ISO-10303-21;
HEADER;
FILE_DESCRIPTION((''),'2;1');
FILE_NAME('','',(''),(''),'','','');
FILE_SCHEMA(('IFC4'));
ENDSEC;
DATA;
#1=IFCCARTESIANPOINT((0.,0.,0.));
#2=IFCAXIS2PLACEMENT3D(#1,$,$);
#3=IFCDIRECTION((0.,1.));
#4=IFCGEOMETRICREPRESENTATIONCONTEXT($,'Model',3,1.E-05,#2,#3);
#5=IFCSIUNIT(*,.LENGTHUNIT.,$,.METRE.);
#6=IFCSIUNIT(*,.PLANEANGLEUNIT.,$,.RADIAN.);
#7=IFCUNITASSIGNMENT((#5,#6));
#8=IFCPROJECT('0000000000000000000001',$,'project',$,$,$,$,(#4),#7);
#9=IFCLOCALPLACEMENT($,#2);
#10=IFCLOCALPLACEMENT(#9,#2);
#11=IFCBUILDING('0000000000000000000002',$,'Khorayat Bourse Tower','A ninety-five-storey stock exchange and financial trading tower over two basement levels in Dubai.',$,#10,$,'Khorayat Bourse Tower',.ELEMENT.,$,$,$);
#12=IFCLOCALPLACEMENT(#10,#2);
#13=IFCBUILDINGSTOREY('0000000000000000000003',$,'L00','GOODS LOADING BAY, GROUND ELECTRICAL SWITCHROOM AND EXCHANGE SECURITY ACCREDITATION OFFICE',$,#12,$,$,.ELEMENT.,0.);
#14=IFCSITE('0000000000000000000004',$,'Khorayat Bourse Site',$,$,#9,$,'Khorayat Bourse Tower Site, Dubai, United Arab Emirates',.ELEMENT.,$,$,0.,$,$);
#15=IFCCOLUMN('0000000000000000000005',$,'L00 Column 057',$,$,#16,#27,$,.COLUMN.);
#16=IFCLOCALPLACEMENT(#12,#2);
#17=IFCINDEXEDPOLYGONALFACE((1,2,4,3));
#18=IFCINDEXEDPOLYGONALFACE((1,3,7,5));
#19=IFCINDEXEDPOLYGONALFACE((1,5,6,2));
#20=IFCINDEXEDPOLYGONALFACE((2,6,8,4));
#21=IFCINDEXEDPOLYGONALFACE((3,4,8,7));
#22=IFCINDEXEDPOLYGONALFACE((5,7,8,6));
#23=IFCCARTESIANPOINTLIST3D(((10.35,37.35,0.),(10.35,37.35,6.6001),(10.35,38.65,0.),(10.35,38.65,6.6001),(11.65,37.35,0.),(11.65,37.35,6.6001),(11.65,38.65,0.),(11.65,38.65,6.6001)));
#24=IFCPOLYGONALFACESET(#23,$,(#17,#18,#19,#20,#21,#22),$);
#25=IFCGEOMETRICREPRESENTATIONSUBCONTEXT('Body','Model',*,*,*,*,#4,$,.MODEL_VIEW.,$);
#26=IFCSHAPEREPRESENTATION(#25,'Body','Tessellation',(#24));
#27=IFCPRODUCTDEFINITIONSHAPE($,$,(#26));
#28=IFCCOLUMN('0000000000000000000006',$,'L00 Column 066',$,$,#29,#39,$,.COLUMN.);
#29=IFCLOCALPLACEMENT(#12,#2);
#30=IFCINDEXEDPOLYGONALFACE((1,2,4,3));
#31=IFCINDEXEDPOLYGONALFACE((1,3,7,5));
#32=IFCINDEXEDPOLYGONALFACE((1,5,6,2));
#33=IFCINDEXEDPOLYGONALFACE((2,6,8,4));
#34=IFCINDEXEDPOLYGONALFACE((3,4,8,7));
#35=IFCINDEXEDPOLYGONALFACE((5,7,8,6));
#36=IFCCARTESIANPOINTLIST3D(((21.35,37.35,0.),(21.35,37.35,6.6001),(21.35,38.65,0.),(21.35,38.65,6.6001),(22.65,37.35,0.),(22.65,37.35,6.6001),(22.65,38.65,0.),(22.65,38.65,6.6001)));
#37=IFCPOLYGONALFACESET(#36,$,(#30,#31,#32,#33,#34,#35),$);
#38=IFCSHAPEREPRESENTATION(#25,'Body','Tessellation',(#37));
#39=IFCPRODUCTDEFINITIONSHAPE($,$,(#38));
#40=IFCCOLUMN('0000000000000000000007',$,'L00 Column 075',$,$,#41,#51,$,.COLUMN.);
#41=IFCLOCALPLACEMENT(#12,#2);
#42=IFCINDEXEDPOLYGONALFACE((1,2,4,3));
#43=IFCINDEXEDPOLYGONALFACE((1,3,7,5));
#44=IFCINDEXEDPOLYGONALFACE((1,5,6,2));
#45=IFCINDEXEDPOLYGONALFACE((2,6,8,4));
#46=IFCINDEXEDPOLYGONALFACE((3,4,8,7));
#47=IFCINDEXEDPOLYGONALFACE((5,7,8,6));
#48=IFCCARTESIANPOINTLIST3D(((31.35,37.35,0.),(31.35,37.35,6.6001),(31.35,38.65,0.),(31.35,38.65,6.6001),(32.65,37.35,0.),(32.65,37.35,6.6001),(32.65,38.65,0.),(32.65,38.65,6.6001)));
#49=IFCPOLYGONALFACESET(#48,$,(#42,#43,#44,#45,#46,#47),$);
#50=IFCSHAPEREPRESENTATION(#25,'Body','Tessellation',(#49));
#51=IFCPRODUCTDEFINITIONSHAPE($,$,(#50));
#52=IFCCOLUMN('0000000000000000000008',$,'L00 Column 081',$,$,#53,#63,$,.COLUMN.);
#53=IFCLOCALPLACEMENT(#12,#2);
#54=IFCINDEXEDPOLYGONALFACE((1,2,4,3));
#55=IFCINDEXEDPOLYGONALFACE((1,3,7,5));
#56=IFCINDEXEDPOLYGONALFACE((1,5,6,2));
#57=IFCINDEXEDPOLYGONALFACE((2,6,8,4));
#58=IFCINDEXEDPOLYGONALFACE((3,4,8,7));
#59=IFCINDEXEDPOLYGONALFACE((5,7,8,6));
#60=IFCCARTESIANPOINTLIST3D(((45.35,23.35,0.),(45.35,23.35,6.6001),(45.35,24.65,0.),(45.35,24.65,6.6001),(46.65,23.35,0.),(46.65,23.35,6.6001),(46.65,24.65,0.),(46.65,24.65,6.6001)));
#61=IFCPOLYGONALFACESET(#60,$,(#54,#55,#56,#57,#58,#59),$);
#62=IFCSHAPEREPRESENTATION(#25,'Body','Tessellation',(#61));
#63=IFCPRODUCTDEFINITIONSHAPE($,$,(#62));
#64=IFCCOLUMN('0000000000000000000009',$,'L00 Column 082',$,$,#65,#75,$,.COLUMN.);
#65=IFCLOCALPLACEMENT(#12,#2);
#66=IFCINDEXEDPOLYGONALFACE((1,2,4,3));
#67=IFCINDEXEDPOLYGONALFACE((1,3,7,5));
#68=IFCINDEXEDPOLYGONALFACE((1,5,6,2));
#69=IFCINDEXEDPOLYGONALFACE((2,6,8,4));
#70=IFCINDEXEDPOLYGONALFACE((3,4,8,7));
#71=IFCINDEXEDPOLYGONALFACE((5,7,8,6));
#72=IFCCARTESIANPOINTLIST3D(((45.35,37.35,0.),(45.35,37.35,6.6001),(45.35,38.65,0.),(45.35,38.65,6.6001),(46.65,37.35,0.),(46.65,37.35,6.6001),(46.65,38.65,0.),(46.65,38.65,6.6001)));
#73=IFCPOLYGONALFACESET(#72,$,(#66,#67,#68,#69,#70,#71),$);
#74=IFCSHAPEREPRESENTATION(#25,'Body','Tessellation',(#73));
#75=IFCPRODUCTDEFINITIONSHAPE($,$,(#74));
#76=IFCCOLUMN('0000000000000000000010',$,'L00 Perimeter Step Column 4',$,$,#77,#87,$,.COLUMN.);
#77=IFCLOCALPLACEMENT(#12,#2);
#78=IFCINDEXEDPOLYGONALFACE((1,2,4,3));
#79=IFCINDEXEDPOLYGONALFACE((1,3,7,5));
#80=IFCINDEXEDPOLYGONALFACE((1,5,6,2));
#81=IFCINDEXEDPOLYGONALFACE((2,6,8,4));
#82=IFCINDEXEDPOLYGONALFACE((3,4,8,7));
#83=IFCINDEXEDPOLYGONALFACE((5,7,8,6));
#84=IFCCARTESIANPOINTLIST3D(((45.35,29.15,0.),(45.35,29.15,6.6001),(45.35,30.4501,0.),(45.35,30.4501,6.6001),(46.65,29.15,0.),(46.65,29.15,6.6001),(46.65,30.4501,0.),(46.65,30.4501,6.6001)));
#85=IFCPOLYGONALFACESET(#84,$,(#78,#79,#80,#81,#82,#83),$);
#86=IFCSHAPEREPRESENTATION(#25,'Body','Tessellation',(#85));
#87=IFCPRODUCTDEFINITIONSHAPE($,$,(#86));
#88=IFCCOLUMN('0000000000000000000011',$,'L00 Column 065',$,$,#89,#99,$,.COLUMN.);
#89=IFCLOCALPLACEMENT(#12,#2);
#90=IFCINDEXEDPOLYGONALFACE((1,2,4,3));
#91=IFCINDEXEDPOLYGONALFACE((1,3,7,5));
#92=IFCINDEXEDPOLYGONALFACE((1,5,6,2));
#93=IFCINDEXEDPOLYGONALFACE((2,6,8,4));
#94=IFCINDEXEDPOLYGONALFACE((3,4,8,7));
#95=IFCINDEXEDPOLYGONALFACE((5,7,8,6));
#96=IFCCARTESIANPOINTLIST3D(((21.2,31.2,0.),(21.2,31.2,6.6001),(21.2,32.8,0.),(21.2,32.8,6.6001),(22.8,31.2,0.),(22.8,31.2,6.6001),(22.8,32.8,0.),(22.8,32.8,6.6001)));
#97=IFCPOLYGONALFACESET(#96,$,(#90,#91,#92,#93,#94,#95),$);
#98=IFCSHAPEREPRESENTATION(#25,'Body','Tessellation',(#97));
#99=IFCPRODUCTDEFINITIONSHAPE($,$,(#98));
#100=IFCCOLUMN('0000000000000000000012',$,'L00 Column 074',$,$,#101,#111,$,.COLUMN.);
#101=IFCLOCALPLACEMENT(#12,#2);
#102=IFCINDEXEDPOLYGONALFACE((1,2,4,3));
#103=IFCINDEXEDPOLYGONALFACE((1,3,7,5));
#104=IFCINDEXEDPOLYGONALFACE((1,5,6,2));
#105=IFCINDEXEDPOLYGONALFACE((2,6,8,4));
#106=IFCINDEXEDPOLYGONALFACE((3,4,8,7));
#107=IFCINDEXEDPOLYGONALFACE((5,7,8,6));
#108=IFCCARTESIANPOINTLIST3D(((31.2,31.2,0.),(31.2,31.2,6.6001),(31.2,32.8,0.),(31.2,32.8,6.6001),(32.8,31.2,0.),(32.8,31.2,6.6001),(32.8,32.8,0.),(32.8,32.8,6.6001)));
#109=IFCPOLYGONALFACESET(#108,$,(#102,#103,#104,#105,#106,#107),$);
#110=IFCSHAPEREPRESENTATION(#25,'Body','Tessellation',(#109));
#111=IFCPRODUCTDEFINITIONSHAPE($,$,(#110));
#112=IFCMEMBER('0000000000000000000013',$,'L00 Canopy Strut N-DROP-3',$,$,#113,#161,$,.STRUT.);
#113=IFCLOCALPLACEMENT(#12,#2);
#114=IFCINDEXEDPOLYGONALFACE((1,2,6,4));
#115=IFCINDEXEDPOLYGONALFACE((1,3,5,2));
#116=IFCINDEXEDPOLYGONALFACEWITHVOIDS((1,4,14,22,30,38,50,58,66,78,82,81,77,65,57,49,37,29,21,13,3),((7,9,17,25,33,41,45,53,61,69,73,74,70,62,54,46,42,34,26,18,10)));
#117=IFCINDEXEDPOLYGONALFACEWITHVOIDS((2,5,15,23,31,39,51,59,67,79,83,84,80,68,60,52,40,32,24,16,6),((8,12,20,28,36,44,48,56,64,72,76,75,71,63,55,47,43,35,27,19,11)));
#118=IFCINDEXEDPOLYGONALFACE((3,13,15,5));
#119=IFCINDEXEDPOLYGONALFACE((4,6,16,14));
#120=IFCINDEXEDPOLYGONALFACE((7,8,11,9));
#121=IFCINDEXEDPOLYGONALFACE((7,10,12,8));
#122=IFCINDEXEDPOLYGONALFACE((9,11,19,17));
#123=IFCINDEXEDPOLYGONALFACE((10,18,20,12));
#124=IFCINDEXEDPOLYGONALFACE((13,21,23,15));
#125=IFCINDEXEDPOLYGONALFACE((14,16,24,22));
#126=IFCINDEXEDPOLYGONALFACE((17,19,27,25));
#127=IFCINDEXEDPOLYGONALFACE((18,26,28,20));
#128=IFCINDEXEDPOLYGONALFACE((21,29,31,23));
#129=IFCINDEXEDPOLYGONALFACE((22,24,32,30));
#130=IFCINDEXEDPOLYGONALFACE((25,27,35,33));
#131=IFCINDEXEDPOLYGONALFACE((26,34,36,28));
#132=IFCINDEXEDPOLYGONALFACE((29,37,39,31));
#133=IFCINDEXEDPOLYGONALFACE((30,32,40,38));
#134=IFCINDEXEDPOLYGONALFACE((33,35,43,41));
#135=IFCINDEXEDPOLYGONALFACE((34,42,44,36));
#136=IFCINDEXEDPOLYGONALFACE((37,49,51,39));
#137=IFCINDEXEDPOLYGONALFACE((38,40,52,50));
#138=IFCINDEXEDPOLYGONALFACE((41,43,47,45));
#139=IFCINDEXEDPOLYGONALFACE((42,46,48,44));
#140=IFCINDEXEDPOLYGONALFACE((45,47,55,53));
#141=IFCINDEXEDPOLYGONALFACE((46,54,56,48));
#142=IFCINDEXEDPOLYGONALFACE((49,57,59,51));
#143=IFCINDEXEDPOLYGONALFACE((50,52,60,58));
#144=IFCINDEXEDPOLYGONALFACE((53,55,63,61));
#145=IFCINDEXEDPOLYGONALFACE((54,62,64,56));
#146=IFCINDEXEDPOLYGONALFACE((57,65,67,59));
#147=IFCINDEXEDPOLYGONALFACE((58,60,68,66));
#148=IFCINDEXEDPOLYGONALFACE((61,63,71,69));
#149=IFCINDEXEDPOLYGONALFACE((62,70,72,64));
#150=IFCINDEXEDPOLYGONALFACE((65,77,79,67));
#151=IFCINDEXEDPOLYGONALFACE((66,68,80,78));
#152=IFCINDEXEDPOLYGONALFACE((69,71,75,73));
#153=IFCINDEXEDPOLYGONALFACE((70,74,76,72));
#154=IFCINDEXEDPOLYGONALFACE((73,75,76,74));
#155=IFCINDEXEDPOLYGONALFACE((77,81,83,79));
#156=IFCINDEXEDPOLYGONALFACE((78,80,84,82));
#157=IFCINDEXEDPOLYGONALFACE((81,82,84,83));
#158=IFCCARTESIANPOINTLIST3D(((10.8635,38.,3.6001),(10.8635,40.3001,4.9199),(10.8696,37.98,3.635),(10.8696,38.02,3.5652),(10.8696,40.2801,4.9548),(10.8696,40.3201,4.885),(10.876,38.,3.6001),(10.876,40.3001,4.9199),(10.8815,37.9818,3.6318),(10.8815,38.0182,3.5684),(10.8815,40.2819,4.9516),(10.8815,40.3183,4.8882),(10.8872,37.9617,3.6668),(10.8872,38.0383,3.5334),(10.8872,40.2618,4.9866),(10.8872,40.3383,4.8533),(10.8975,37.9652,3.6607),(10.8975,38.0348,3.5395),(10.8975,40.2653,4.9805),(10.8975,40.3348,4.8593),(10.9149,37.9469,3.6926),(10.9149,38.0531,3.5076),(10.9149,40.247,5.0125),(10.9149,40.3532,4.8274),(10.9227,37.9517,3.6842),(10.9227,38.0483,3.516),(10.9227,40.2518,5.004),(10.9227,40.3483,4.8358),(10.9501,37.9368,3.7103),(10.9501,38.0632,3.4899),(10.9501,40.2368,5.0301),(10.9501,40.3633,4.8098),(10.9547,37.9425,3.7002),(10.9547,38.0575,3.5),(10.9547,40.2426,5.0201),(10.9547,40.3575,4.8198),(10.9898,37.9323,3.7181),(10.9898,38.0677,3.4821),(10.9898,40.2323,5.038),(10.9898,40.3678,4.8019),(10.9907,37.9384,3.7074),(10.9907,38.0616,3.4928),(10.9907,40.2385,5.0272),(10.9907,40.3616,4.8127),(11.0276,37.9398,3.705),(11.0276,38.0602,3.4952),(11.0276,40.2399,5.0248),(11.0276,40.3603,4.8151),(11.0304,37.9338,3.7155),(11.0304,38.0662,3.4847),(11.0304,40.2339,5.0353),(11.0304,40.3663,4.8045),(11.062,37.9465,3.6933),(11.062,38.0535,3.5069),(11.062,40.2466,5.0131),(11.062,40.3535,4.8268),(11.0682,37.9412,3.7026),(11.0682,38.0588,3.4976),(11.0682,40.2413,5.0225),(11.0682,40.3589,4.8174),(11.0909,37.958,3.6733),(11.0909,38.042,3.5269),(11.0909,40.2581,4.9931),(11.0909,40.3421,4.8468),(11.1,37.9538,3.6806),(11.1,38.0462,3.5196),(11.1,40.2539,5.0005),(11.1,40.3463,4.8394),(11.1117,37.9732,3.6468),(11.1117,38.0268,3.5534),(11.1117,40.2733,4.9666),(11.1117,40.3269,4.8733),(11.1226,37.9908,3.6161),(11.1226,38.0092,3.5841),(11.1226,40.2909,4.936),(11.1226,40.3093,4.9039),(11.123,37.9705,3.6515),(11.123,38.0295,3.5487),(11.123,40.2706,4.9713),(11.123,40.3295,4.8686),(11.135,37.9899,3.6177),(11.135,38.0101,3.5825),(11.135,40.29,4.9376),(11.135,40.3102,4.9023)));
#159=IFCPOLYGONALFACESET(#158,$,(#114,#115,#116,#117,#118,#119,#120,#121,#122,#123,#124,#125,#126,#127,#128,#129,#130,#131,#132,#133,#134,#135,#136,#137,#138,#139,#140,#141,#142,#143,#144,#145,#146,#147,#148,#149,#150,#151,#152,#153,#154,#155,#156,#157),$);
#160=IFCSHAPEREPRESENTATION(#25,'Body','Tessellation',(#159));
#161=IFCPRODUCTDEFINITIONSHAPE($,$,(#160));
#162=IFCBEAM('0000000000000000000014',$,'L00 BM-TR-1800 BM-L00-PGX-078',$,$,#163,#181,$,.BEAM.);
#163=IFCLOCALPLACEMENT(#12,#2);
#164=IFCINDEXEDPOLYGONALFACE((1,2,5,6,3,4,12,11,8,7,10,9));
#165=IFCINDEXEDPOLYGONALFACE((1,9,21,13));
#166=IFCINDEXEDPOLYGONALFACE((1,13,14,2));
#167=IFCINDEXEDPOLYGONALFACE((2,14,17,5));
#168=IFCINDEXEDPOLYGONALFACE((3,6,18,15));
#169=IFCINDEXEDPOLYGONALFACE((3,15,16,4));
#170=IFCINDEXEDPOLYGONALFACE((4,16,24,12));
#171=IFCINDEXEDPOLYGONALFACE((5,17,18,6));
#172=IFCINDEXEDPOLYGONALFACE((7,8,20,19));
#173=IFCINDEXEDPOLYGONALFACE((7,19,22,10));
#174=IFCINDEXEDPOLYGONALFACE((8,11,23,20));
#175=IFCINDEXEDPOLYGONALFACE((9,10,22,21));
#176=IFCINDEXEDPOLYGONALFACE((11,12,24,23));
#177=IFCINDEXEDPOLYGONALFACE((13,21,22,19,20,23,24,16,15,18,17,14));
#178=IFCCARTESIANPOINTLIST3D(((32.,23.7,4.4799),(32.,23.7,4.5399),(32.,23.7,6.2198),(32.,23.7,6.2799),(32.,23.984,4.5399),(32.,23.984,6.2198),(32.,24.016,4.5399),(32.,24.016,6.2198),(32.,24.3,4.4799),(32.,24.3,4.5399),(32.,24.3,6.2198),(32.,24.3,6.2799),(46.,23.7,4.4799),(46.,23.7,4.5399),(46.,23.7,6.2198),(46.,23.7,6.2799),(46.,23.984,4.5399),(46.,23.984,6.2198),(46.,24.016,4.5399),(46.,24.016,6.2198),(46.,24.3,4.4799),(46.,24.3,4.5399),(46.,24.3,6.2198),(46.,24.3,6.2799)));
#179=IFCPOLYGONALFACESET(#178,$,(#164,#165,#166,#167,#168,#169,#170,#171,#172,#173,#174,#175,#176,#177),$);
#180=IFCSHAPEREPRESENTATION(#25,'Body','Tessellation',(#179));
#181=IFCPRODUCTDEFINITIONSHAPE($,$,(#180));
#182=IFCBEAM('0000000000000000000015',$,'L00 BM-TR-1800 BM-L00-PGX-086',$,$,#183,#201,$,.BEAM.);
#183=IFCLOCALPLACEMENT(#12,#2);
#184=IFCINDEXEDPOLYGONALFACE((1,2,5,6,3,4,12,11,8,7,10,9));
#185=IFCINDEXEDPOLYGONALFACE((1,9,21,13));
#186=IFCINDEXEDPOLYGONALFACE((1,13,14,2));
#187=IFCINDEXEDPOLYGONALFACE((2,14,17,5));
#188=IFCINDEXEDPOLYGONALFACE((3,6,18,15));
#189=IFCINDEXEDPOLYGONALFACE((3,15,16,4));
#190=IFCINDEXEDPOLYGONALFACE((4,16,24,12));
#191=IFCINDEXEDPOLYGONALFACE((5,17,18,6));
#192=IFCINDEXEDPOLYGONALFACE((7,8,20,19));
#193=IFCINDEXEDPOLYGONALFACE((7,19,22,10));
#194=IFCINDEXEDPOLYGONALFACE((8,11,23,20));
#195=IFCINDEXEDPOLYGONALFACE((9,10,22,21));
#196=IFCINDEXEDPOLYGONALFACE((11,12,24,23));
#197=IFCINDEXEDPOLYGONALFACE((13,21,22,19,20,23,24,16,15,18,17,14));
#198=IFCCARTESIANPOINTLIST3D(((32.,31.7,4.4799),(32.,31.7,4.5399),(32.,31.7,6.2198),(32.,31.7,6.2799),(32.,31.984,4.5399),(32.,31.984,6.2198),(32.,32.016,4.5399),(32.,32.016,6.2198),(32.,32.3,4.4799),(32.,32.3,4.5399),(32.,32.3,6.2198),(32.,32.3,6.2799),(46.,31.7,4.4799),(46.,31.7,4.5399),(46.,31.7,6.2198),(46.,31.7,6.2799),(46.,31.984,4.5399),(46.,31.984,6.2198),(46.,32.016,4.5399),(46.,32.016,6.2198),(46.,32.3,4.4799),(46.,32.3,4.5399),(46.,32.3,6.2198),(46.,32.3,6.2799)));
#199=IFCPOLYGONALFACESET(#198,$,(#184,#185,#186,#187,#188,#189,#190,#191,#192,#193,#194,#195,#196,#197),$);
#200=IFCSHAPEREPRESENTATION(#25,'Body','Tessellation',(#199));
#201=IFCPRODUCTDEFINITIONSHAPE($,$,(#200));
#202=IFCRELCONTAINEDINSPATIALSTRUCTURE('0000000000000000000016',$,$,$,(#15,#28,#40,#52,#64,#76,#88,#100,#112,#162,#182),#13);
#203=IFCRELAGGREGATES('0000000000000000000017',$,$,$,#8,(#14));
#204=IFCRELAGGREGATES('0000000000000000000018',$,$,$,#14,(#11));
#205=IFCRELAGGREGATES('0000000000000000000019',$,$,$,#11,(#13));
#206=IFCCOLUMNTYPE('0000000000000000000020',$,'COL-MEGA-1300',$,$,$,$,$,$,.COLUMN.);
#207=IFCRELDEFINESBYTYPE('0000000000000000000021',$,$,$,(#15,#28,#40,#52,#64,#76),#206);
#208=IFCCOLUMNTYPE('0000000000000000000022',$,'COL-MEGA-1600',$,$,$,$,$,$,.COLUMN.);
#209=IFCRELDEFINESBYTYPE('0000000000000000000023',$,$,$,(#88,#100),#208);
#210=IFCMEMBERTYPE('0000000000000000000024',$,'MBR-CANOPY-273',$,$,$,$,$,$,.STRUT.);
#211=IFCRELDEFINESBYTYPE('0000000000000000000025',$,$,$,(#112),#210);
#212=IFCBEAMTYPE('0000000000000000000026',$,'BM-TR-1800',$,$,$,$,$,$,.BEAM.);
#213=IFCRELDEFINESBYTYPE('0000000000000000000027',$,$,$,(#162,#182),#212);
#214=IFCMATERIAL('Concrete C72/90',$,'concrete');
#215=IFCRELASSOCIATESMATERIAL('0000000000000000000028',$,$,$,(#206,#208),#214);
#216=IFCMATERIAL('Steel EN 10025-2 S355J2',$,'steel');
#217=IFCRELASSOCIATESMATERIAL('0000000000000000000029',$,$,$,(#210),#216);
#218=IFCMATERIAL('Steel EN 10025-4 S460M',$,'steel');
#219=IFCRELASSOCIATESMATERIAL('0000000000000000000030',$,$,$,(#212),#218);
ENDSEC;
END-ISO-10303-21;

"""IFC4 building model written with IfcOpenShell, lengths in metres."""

from ifc_helpers import new_model, si_unit, direction, frame, origin, origin_2d, place, context, subcontext, project, spatial, rectangle, hollow_circle, i_section, extrude, source, transform, mapped, material, material_profile, profile_set, type_object, element, save


model = new_model("IFC4")

# Units and contexts
model_context = context("Model", 3, precision=1e-05, world=origin(), true_north=direction((0.0, 1.0)))
body_context = subcontext(model_context, "Body", "Model", "MODEL_VIEW")
ifc_project = project(units=[si_unit("LENGTHUNIT", "METRE"), si_unit("PLANEANGLEUNIT", "RADIAN")], contexts=[model_context])

# Site, building, storey
site_placement = place(None, origin())
site = spatial("IfcSite", under=ifc_project, at=site_placement, Name="Khorayat Bourse Site", LongName="Khorayat Bourse Tower Site, Dubai, United Arab Emirates", CompositionType="ELEMENT", RefElevation=0.0)
building_placement = place(site_placement, origin())
building = spatial("IfcBuilding", under=site, at=building_placement, Name="Khorayat Bourse Tower", Description="A ninety-five-storey stock exchange and financial trading tower over two basement levels in Dubai.", LongName="Khorayat Bourse Tower", CompositionType="ELEMENT")
storey_placement = place(building_placement, origin())
storey = spatial("IfcBuildingStorey", under=building, at=storey_placement, Name="L00", Description="GOODS LOADING BAY, GROUND ELECTRICAL SWITCHROOM AND EXCHANGE SECURITY ACCREDITATION OFFICE", CompositionType="ELEMENT", Elevation=0.0)

# Columns
ifc_material_1 = material(Name="Concrete C72/90", Category="concrete")
ifc_material_profile_1 = material_profile(ifc_material_1, rectangle(XDim=1.3, YDim=1.3, at=origin_2d()), Name="RC 1300x1300")
ifc_profile_set_1 = profile_set([ifc_material_profile_1], Name="Concrete C72/90")
column_type_1 = type_object("IfcColumnType", Name="COL-MEGA-1300", PredefinedType="COLUMN", material=ifc_profile_set_1)
shared_shape_1 = source(origin(), body_context, "Body", "SweptSolid", [
    extrude(rectangle(XDim=1.3, YDim=1.3, at=origin_2d()), origin(), (0.0, 0.0, 1.0), 6.6001),
])
for number, where, z_axis, x_axis, name in (
    (1, (11.0, 38.0, 0.0), (0.0, 0.0, 1.0), (1.0, 0.0, 0.0), "L00 Column 057"),
    (2, (22.0, 38.0, 0.0), (0.0, 0.0, 1.0), (1.0, 0.0, 0.0), "L00 Column 066"),
    (3, (32.0, 38.0, 0.0), (0.0, 0.0, 1.0), (1.0, 0.0, 0.0), "L00 Column 075"),
    (4, (46.0, 24.0, 0.0), (0.0, 0.0, 1.0), (1.0, 0.0, 0.0), "L00 Column 081"),
    (5, (46.0, 38.0, 0.0), (0.0, 0.0, 1.0), (1.0, 0.0, 0.0), "L00 Column 082"),
    (6, (46.0, 29.8, 0.0), (0.0, 0.0, 1.0), (1.0, 0.0, 0.0), "L00 Perimeter Step Column 4"),
):
    element("IfcColumn", number, at=place(storey_placement, frame(where, z_axis=z_axis, x_axis=x_axis)), inside=storey, type_object=column_type_1, Name=name, PredefinedType="COLUMN", context=body_context, shape_type="MappedRepresentation", body=[
        mapped(shared_shape_1, transform((0.0, 0.0, 0.0), scale=1.0)),
    ])
ifc_material_profile_2 = material_profile(ifc_material_1, rectangle(XDim=1.6001, YDim=1.6001, at=origin_2d()), Name="RC 1600x1600")
ifc_profile_set_2 = profile_set([ifc_material_profile_2], Name="Concrete C72/90")
column_type_2 = type_object("IfcColumnType", Name="COL-MEGA-1600", PredefinedType="COLUMN", material=ifc_profile_set_2)
shared_shape_2 = source(origin(), body_context, "Body", "SweptSolid", [
    extrude(rectangle(XDim=1.6001, YDim=1.6001, at=origin_2d()), origin(), (0.0, 0.0, 1.0), 6.6001),
])
for number, where, z_axis, x_axis, name in (
    (7, (22.0, 32.0, 0.0), (0.0, 0.0, 1.0), (1.0, 0.0, 0.0), "L00 Column 065"),
    (8, (32.0, 32.0, 0.0), (0.0, 0.0, 1.0), (1.0, 0.0, 0.0), "L00 Column 074"),
):
    element("IfcColumn", number, at=place(storey_placement, frame(where, z_axis=z_axis, x_axis=x_axis)), inside=storey, type_object=column_type_2, Name=name, PredefinedType="COLUMN", context=body_context, shape_type="MappedRepresentation", body=[
        mapped(shared_shape_2, transform((0.0, 0.0, 0.0), scale=1.0)),
    ])

# Member
ifc_material_2 = material(Name="Steel EN 10025-2 S355J2", Category="steel")
ifc_material_profile_3 = material_profile(ifc_material_2, hollow_circle(Radius=0.1365, WallThickness=0.0125, at=origin_2d()), Name="CHS 273x12.5")
ifc_profile_set_3 = profile_set([ifc_material_profile_3], Name="Steel EN 10025-2 S355J2")
member_type = type_object("IfcMemberType", Name="MBR-CANOPY-273", PredefinedType="STRUT", material=ifc_profile_set_3)
shared_shape_3 = source(origin(), body_context, "Body", "SweptSolid", [
    extrude(hollow_circle(Radius=0.1365, WallThickness=0.0125, at=origin_2d()), origin(), (0.0, 0.0, 1.0), 2.6519),
])
member_placement = place(storey_placement, frame((11.0, 38.0, 3.6001), z_axis=(0.0, 0.867347, 0.497705), x_axis=(-1.0, 0.0, 0.0)))
element("IfcMember", 9, at=member_placement, inside=storey, type_object=member_type, Name="L00 Canopy Strut N-DROP-3", PredefinedType="STRUT", context=body_context, shape_type="MappedRepresentation", body=[
    mapped(shared_shape_3, transform((0.0, 0.0, 0.0), scale=1.0)),
])

# Beams
ifc_material_3 = material(Name="Steel EN 10025-4 S460M", Category="steel")
ifc_material_profile_4 = material_profile(ifc_material_3, i_section(OverallWidth=0.6001, OverallDepth=1.8, WebThickness=0.032, FlangeThickness=0.0601, at=origin_2d()), Name="PG 1800x600x32x60")
ifc_profile_set_4 = profile_set([ifc_material_profile_4], Name="Steel EN 10025-4 S460M")
beam_type_1 = type_object("IfcBeamType", Name="BM-TR-1800", PredefinedType="BEAM", material=ifc_profile_set_4)
shared_shape_4 = source(origin(), body_context, "Body", "SweptSolid", [
    extrude(i_section(OverallWidth=0.6001, OverallDepth=1.8, WebThickness=0.032, FlangeThickness=0.0601, at=origin_2d()), origin(), (0.0, 0.0, 1.0), 14.0),
])
for number, where, z_axis, x_axis, name in (
    (10, (32.0, 24.0, 5.3799), (1.0, 0.0, 0.0), (0.0, 1.0, 0.0), "L00 BM-TR-1800 BM-L00-PGX-078"),
    (11, (32.0, 32.0, 5.3799), (1.0, 0.0, 0.0), (0.0, 1.0, 0.0), "L00 BM-TR-1800 BM-L00-PGX-086"),
):
    element("IfcBeam", number, at=place(storey_placement, frame(where, z_axis=z_axis, x_axis=x_axis)), inside=storey, type_object=beam_type_1, Name=name, PredefinedType="BEAM", context=body_context, shape_type="MappedRepresentation", body=[
        mapped(shared_shape_4, transform((0.0, 0.0, 0.0), scale=1.0)),
    ])

save(model, "model.ifc")
